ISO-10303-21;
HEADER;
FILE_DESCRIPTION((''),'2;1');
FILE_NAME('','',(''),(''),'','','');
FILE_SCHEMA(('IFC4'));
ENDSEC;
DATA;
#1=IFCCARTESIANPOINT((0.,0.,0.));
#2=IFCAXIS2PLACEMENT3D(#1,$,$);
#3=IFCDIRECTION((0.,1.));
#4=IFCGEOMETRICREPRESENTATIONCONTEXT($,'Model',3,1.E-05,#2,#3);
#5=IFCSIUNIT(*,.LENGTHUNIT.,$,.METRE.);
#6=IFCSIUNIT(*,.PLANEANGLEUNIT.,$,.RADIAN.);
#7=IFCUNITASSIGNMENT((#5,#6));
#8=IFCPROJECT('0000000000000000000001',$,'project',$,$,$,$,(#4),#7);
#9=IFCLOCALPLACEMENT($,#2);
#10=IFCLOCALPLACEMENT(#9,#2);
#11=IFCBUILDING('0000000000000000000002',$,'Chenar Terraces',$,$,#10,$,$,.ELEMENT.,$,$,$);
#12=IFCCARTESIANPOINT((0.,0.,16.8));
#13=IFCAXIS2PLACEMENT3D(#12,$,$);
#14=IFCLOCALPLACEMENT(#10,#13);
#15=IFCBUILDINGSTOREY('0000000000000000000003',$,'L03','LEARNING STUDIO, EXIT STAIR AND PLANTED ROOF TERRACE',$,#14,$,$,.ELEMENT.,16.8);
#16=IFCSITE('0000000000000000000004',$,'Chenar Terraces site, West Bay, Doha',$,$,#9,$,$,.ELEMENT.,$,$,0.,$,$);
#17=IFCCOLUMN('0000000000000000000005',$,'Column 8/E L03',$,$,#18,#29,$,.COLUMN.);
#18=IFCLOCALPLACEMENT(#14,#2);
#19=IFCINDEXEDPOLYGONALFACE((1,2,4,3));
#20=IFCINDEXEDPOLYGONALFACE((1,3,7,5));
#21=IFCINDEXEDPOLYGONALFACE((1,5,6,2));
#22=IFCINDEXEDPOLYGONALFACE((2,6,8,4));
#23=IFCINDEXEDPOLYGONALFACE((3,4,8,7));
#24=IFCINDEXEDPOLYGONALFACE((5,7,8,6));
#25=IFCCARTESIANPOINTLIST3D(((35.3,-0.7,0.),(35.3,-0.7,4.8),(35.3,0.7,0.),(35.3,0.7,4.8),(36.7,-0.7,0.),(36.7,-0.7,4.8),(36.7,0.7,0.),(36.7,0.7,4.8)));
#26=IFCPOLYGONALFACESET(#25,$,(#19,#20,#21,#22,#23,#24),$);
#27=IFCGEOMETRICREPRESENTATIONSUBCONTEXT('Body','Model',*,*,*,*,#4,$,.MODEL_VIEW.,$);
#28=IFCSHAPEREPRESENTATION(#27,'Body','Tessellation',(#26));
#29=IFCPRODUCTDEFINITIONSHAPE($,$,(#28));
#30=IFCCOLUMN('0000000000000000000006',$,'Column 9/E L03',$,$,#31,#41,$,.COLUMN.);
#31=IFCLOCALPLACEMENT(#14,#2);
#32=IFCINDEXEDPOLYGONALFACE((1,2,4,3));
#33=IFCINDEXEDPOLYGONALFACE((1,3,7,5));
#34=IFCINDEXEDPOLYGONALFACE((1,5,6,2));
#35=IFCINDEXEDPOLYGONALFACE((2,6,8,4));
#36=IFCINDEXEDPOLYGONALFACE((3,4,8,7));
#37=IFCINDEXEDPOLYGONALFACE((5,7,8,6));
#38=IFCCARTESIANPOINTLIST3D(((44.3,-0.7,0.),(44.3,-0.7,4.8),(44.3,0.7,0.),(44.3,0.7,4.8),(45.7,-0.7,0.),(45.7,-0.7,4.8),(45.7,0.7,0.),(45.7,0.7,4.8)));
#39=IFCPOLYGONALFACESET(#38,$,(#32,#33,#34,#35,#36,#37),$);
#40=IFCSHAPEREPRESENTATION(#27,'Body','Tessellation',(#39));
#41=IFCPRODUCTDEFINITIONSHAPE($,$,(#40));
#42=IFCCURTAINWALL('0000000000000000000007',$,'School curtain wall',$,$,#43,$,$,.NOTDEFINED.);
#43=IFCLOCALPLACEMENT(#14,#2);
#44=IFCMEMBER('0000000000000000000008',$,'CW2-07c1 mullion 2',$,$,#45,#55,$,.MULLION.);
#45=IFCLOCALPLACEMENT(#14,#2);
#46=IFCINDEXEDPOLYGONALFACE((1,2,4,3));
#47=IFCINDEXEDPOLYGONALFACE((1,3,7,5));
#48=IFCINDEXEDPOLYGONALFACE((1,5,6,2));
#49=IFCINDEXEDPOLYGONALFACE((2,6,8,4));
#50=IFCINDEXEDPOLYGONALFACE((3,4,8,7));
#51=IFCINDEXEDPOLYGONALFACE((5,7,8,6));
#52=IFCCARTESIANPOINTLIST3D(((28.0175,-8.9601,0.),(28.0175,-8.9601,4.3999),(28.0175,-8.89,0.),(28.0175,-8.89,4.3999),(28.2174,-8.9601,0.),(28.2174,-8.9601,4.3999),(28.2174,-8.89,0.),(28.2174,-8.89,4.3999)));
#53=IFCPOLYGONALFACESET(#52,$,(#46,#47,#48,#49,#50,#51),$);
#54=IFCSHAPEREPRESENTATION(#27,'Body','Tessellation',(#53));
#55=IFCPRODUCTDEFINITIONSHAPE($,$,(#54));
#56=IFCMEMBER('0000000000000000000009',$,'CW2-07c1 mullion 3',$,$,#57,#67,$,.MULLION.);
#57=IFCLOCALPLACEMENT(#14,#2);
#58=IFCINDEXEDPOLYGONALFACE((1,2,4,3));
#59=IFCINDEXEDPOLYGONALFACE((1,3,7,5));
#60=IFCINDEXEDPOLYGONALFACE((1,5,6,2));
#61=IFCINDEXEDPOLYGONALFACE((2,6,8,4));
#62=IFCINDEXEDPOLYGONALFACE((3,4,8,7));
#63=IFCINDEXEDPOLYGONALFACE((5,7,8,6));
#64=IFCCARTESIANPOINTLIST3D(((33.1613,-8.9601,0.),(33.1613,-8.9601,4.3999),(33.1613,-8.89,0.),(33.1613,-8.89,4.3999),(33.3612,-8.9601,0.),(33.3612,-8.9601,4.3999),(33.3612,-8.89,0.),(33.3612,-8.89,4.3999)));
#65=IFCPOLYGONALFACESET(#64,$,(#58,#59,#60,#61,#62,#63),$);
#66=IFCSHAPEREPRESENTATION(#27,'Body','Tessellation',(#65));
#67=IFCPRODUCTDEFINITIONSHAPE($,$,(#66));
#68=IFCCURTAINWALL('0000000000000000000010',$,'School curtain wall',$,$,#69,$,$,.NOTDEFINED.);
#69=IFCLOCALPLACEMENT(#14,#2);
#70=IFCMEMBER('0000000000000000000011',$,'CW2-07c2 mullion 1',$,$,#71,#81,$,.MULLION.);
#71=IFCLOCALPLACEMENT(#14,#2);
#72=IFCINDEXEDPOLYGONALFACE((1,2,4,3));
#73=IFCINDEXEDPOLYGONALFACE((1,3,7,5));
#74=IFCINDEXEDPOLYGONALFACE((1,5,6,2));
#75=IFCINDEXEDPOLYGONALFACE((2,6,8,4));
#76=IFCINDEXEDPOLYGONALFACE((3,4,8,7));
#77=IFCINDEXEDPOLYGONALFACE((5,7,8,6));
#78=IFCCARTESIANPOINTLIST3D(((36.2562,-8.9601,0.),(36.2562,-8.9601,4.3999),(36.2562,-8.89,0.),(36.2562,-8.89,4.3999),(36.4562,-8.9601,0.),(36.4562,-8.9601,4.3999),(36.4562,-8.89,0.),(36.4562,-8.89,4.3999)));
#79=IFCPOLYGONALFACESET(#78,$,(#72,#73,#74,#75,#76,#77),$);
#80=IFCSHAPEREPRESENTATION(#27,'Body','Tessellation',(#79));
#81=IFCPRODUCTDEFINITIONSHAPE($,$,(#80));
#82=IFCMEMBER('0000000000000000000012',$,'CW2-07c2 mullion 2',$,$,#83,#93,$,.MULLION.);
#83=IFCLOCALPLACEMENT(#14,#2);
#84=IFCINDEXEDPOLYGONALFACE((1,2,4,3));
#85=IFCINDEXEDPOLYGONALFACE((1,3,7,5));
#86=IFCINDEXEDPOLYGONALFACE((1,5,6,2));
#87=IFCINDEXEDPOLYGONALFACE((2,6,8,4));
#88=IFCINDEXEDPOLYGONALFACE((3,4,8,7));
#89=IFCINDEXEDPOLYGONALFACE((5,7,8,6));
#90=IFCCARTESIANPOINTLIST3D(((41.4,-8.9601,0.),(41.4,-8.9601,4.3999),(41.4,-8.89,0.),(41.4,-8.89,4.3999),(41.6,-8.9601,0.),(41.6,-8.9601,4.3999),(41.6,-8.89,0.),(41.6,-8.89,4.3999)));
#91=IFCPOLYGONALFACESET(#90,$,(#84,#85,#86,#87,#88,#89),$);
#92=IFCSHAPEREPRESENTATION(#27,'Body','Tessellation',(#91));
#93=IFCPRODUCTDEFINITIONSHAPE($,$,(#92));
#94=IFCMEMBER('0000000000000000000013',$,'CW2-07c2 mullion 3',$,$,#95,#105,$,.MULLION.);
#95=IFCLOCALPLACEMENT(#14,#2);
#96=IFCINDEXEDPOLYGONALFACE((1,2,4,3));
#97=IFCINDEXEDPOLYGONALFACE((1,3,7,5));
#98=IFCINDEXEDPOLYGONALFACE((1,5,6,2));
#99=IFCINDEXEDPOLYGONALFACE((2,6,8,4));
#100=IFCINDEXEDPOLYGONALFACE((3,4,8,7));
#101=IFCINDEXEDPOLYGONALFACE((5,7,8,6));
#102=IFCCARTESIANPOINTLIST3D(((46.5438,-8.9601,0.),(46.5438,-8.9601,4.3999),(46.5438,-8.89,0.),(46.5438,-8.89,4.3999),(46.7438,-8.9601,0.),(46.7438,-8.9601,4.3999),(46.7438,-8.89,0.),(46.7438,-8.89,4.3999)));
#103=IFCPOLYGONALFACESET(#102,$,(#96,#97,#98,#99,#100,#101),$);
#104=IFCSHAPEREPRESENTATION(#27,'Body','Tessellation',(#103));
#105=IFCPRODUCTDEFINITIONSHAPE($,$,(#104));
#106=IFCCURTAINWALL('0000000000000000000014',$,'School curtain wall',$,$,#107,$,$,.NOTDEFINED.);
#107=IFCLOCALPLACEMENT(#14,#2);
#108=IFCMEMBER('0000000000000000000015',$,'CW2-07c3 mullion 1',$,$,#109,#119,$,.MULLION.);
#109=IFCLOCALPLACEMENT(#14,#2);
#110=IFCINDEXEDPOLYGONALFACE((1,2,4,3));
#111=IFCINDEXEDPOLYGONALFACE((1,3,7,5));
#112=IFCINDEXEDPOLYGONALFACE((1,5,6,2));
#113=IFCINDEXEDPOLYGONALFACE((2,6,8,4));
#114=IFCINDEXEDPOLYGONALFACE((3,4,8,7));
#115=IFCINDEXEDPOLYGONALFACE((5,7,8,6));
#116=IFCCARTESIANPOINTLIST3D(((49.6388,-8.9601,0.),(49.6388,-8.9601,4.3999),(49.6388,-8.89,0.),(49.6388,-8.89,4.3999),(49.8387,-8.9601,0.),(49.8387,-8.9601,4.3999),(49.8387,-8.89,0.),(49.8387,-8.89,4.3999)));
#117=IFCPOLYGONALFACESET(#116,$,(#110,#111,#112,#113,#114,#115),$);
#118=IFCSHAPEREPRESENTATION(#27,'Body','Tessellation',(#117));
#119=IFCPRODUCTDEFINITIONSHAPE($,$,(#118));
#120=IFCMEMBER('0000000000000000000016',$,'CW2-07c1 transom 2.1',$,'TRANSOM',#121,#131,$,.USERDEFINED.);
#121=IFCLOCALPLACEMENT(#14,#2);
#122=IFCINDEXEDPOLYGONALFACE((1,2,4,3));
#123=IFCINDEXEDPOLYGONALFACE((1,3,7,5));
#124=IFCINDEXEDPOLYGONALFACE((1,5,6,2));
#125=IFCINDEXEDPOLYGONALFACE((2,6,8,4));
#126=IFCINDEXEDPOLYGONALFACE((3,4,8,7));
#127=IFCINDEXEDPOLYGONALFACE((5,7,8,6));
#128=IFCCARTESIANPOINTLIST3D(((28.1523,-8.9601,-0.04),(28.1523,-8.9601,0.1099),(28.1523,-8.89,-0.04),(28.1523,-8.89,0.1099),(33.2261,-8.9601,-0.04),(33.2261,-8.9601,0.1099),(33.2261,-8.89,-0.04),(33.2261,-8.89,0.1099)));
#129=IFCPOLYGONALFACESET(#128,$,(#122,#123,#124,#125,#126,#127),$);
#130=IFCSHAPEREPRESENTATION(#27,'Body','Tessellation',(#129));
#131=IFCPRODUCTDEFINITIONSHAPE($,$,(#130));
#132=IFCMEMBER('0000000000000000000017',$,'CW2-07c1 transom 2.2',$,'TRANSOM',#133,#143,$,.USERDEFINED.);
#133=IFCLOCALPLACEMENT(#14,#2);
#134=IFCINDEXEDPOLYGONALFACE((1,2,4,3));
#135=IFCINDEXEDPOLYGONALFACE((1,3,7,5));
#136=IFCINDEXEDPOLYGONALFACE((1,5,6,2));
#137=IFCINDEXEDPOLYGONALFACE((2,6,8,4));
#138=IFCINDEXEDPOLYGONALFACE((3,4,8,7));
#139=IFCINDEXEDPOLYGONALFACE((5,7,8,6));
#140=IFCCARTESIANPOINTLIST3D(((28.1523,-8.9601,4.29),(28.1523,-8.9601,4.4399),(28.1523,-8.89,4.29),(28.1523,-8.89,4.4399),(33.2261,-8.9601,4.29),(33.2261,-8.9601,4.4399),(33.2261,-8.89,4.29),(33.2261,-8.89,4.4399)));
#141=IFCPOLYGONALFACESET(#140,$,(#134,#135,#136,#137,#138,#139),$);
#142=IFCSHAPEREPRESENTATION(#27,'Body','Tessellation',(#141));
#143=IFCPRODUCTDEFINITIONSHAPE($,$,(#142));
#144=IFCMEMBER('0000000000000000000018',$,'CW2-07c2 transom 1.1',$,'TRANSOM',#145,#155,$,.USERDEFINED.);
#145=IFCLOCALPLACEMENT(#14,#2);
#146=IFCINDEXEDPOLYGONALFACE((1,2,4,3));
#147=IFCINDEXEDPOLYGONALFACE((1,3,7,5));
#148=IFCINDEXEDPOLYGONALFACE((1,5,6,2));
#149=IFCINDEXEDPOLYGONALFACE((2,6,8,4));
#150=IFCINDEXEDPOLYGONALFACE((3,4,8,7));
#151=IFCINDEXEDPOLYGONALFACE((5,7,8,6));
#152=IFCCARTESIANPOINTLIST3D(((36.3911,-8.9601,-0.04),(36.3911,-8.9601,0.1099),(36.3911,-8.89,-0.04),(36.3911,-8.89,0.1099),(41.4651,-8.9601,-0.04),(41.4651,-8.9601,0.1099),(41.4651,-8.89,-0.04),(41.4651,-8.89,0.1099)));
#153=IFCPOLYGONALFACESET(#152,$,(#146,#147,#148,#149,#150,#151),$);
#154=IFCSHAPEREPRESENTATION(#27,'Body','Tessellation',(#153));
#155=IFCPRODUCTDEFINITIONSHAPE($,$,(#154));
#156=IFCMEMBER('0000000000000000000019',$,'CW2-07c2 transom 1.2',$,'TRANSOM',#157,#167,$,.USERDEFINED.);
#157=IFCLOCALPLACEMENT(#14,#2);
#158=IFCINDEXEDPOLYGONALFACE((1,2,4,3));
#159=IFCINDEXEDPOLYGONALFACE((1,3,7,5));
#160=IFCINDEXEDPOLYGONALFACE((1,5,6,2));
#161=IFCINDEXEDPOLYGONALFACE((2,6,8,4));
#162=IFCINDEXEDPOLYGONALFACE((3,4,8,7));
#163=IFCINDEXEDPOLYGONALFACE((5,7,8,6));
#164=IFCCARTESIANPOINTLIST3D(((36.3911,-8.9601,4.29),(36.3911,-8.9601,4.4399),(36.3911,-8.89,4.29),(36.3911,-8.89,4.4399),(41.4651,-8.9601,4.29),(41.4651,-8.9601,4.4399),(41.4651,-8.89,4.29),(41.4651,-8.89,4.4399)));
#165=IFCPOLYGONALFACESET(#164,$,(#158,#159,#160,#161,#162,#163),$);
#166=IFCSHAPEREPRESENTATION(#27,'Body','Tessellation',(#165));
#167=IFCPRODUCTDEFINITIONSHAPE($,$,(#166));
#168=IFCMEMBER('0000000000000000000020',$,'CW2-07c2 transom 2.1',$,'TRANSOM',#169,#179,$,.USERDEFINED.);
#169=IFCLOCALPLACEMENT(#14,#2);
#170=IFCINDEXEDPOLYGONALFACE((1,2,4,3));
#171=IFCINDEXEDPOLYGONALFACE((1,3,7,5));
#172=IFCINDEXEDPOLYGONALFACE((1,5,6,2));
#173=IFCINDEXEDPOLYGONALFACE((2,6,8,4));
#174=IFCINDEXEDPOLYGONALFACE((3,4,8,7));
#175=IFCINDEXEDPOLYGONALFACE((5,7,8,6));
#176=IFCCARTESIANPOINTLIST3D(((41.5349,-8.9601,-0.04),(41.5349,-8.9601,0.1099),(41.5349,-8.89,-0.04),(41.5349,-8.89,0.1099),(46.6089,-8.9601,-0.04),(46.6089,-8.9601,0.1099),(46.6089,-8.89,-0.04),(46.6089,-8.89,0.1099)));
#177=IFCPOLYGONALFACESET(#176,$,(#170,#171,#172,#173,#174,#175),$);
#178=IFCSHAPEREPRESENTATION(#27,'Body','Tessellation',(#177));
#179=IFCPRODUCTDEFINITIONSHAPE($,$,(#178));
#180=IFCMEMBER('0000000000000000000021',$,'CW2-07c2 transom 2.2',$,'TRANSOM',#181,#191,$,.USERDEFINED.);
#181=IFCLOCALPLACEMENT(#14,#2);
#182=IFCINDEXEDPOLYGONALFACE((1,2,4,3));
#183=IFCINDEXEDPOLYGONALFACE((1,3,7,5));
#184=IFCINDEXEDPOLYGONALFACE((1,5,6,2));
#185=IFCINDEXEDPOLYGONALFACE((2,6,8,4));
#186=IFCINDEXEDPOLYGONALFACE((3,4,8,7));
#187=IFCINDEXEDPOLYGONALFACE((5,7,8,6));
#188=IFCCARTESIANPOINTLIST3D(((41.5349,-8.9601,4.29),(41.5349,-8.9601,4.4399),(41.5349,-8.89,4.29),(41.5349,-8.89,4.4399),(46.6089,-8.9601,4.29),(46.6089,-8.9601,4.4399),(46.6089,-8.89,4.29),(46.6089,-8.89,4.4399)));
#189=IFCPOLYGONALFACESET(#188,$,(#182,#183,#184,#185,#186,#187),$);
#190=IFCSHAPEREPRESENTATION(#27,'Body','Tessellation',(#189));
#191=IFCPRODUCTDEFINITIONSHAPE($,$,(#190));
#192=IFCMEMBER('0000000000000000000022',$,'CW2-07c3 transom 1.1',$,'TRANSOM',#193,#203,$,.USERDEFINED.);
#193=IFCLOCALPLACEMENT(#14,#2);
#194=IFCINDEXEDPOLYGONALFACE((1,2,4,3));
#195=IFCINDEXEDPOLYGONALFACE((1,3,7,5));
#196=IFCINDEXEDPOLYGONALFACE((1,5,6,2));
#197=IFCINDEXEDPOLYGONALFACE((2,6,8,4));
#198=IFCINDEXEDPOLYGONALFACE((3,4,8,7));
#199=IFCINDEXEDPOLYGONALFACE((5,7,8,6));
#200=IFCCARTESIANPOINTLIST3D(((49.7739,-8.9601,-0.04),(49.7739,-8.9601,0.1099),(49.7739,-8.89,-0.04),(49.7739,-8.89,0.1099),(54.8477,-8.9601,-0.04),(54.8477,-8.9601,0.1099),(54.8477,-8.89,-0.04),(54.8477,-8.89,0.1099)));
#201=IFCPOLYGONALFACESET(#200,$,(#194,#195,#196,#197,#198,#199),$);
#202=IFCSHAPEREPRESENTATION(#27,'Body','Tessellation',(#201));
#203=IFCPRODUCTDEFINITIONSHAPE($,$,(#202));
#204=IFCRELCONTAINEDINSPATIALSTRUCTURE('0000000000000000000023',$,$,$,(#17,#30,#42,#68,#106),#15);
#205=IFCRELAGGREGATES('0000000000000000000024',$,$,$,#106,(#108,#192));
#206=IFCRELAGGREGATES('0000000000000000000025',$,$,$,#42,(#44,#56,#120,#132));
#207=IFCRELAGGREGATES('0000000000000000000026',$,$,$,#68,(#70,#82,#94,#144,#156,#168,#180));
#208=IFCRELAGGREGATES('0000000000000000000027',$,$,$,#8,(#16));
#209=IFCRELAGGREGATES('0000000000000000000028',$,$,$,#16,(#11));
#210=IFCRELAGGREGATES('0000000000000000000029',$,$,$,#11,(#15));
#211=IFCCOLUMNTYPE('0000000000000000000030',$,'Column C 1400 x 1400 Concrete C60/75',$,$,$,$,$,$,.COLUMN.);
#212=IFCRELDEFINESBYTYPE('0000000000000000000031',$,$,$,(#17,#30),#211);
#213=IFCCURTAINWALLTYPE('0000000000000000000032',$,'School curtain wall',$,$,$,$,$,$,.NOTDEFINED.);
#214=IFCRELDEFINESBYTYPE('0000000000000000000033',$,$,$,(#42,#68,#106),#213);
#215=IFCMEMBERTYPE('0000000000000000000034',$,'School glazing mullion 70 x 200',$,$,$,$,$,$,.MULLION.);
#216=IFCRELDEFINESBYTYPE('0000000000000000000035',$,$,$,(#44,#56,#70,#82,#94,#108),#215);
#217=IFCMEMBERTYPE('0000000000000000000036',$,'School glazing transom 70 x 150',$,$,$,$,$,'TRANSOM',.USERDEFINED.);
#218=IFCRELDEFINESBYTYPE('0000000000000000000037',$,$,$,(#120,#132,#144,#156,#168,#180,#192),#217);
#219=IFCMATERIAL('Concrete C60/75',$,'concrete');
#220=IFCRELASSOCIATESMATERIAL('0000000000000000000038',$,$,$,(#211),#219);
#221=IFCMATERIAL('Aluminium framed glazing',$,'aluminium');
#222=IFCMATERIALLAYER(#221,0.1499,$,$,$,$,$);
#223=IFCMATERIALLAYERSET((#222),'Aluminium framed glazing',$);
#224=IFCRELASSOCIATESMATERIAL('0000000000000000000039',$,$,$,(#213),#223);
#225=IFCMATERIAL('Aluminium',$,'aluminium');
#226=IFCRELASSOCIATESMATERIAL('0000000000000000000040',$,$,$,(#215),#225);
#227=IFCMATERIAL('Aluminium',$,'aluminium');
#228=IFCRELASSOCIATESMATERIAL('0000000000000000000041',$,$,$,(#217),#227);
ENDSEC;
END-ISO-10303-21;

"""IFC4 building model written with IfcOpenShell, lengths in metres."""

from ifc_helpers import new_model, si_unit, direction, frame, origin, origin_2d, place, context, subcontext, project, spatial, rectangle, extrude, material, layer, layer_set, material_profile, profile_set, type_object, element, aggregate, save


model = new_model("IFC4")

# Units and contexts
model_context = context("Model", 3, precision=1e-05, world=origin(), true_north=direction((0.0, 1.0)))
body_context = subcontext(model_context, "Body", "Model", "MODEL_VIEW")
ifc_project = project(units=[si_unit("LENGTHUNIT", "METRE"), si_unit("PLANEANGLEUNIT", "RADIAN")], contexts=[model_context])

# Site, building, storey
site_placement = place(None, origin())
site = spatial("IfcSite", under=ifc_project, at=site_placement, Name="Chenar Terraces site, West Bay, Doha", CompositionType="ELEMENT", RefElevation=0.0)
building_placement = place(site_placement, origin())
building = spatial("IfcBuilding", under=site, at=building_placement, Name="Chenar Terraces", CompositionType="ELEMENT")
storey_placement = place(building_placement, frame((0.0, 0.0, 16.8)))
storey = spatial("IfcBuildingStorey", under=building, at=storey_placement, Name="L03", Description="LEARNING STUDIO, EXIT STAIR AND PLANTED ROOF TERRACE", CompositionType="ELEMENT", Elevation=16.8)

# Columns
ifc_material_1 = material(Name="Concrete C60/75", Category="concrete")
ifc_material_profile_1 = material_profile(ifc_material_1, rectangle(XDim=1.3999, YDim=1.3999, at=origin_2d()), Name="C 1400 x 1400")
ifc_profile_set_1 = profile_set([ifc_material_profile_1], Name="Concrete C60/75")
column_type = type_object("IfcColumnType", Name="Column C 1400 x 1400 Concrete C60/75", PredefinedType="COLUMN", material=ifc_profile_set_1)
for number, where, z_axis, x_axis, name in (
    (1, (36.0, 0.0, 0.0), (0.0, 0.0, 1.0), (1.0, 0.0, 0.0), "Column 8/E L03"),
    (2, (45.0, 0.0, 0.0), (0.0, 0.0, 1.0), (1.0, 0.0, 0.0), "Column 9/E L03"),
):
    element("IfcColumn", number, at=place(storey_placement, frame(where, z_axis=z_axis, x_axis=x_axis)), inside=storey, type_object=column_type, Name=name, PredefinedType="COLUMN", context=body_context, shape_type="SweptSolid", body=[
        extrude(rectangle(XDim=1.3999, YDim=1.3999, at=origin_2d()), origin(), (0.0, 0.0, 1.0), 4.8),
    ])

# Curtain walls, members
ifc_material_2 = material(Name="Aluminium framed glazing", Category="aluminium")
ifc_layer_1 = layer(ifc_material_2, 0.1499)
ifc_layer_set_1 = layer_set([ifc_layer_1], Name="Aluminium framed glazing")
curtain_wall_type = type_object("IfcCurtainWallType", Name="School curtain wall", PredefinedType="NOTDEFINED", material=ifc_layer_set_1)
placement = place(storey_placement, origin())
curtain_wall_1 = element("IfcCurtainWall", 3, at=placement, inside=storey, type_object=curtain_wall_type, Name="School curtain wall", PredefinedType="NOTDEFINED")
ifc_material_3 = material(Name="Aluminium", Category="aluminium")
ifc_material_profile_2 = material_profile(ifc_material_3, rectangle(XDim=0.0701, YDim=0.2, at=origin_2d()), Name="School glazing mullion 70 x 200")
ifc_profile_set_2 = profile_set([ifc_material_profile_2], Name="Aluminium")
member_type_1 = type_object("IfcMemberType", Name="School glazing mullion 70 x 200", PredefinedType="MULLION", material=ifc_profile_set_2)
member_1_placement = place(storey_placement, frame((28.1174, -8.925, 0.0), z_axis=(0.0, 0.0, 1.0), x_axis=(0.0, 1.0, 0.0)))
member_1 = element("IfcMember", 4, at=member_1_placement, type_object=member_type_1, Name="CW2-07c1 mullion 2", PredefinedType="MULLION", context=body_context, shape_type="SweptSolid", body=[
    extrude(rectangle(XDim=0.0701, YDim=0.2, at=origin_2d()), origin(), (0.0, 0.0, 1.0), 4.3999),
])
member_2_placement = place(storey_placement, frame((33.2612, -8.925, 0.0), z_axis=(0.0, 0.0, 1.0), x_axis=(0.0, 1.0, 0.0)))
member_2 = element("IfcMember", 5, at=member_2_placement, type_object=member_type_1, Name="CW2-07c1 mullion 3", PredefinedType="MULLION", context=body_context, shape_type="SweptSolid", body=[
    extrude(rectangle(XDim=0.0701, YDim=0.2, at=origin_2d()), origin(), (0.0, 0.0, 1.0), 4.3999),
])
curtain_wall_2 = element("IfcCurtainWall", 6, at=placement, inside=storey, type_object=curtain_wall_type, Name="School curtain wall", PredefinedType="NOTDEFINED")
member_3_placement = place(storey_placement, frame((36.3562, -8.925, 0.0), z_axis=(0.0, 0.0, 1.0), x_axis=(0.0, 1.0, 0.0)))
member_3 = element("IfcMember", 7, at=member_3_placement, type_object=member_type_1, Name="CW2-07c2 mullion 1", PredefinedType="MULLION", context=body_context, shape_type="SweptSolid", body=[
    extrude(rectangle(XDim=0.0701, YDim=0.2, at=origin_2d()), origin(), (0.0, 0.0, 1.0), 4.3999),
])
member_4_placement = place(storey_placement, frame((41.5, -8.925, 0.0), z_axis=(0.0, 0.0, 1.0), x_axis=(0.0, 1.0, 0.0)))
member_4 = element("IfcMember", 8, at=member_4_placement, type_object=member_type_1, Name="CW2-07c2 mullion 2", PredefinedType="MULLION", context=body_context, shape_type="SweptSolid", body=[
    extrude(rectangle(XDim=0.0701, YDim=0.2, at=origin_2d()), origin(), (0.0, 0.0, 1.0), 4.3999),
])
member_5_placement = place(storey_placement, frame((46.6438, -8.925, 0.0), z_axis=(0.0, 0.0, 1.0), x_axis=(0.0, 1.0, 0.0)))
member_5 = element("IfcMember", 9, at=member_5_placement, type_object=member_type_1, Name="CW2-07c2 mullion 3", PredefinedType="MULLION", context=body_context, shape_type="SweptSolid", body=[
    extrude(rectangle(XDim=0.0701, YDim=0.2, at=origin_2d()), origin(), (0.0, 0.0, 1.0), 4.3999),
])

# Curtain wall, member
curtain_wall_3 = element("IfcCurtainWall", 10, at=placement, inside=storey, type_object=curtain_wall_type, Name="School curtain wall", PredefinedType="NOTDEFINED")
member_6_placement = place(storey_placement, frame((49.7388, -8.925, 0.0), z_axis=(0.0, 0.0, 1.0), x_axis=(0.0, 1.0, 0.0)))
member_6 = element("IfcMember", 11, at=member_6_placement, type_object=member_type_1, Name="CW2-07c3 mullion 1", PredefinedType="MULLION", context=body_context, shape_type="SweptSolid", body=[
    extrude(rectangle(XDim=0.0701, YDim=0.2, at=origin_2d()), origin(), (0.0, 0.0, 1.0), 4.3999),
])

# Members
ifc_material_4 = material(Name="Aluminium", Category="aluminium")
ifc_material_profile_3 = material_profile(ifc_material_4, rectangle(XDim=0.0701, YDim=0.1499, at=origin_2d()), Name="School glazing transom 70 x 150")
ifc_profile_set_3 = profile_set([ifc_material_profile_3], Name="Aluminium")
member_type_2 = type_object("IfcMemberType", Name="School glazing transom 70 x 150", ElementType="TRANSOM", PredefinedType="USERDEFINED", material=ifc_profile_set_3)
member_7_placement = place(storey_placement, frame((28.1523, -8.925, 0.0349), z_axis=(1.0, 0.0, 0.0), x_axis=(0.0, 1.0, 0.0)))
member_7 = element("IfcMember", 12, at=member_7_placement, type_object=member_type_2, Name="CW2-07c1 transom 2.1", ObjectType="TRANSOM", PredefinedType="USERDEFINED", context=body_context, shape_type="SweptSolid", body=[
    extrude(rectangle(XDim=0.0701, YDim=0.1499, at=origin_2d()), origin(), (0.0, 0.0, 1.0), 5.0737),
])
member_8_placement = place(storey_placement, frame((28.1523, -8.925, 4.365), z_axis=(1.0, 0.0, 0.0), x_axis=(0.0, 1.0, 0.0)))
member_8 = element("IfcMember", 13, at=member_8_placement, type_object=member_type_2, Name="CW2-07c1 transom 2.2", ObjectType="TRANSOM", PredefinedType="USERDEFINED", context=body_context, shape_type="SweptSolid", body=[
    extrude(rectangle(XDim=0.0701, YDim=0.1499, at=origin_2d()), origin(), (0.0, 0.0, 1.0), 5.0737),
])
member_9_placement = place(storey_placement, frame((36.3911, -8.925, 0.0349), z_axis=(1.0, 0.0, 0.0), x_axis=(0.0, 1.0, 0.0)))
member_9 = element("IfcMember", 14, at=member_9_placement, type_object=member_type_2, Name="CW2-07c2 transom 1.1", ObjectType="TRANSOM", PredefinedType="USERDEFINED", context=body_context, shape_type="SweptSolid", body=[
    extrude(rectangle(XDim=0.0701, YDim=0.1499, at=origin_2d()), origin(), (0.0, 0.0, 1.0), 5.074),
])
member_10_placement = place(storey_placement, frame((36.3911, -8.925, 4.365), z_axis=(1.0, 0.0, 0.0), x_axis=(0.0, 1.0, 0.0)))
member_10 = element("IfcMember", 15, at=member_10_placement, type_object=member_type_2, Name="CW2-07c2 transom 1.2", ObjectType="TRANSOM", PredefinedType="USERDEFINED", context=body_context, shape_type="SweptSolid", body=[
    extrude(rectangle(XDim=0.0701, YDim=0.1499, at=origin_2d()), origin(), (0.0, 0.0, 1.0), 5.074),
])
member_11_placement = place(storey_placement, frame((41.5349, -8.925, 0.0349), z_axis=(1.0, 0.0, 0.0), x_axis=(0.0, 1.0, 0.0)))
member_11 = element("IfcMember", 16, at=member_11_placement, type_object=member_type_2, Name="CW2-07c2 transom 2.1", ObjectType="TRANSOM", PredefinedType="USERDEFINED", context=body_context, shape_type="SweptSolid", body=[
    extrude(rectangle(XDim=0.0701, YDim=0.1499, at=origin_2d()), origin(), (0.0, 0.0, 1.0), 5.074),
])
member_12_placement = place(storey_placement, frame((41.5349, -8.925, 4.365), z_axis=(1.0, 0.0, 0.0), x_axis=(0.0, 1.0, 0.0)))
member_12 = element("IfcMember", 17, at=member_12_placement, type_object=member_type_2, Name="CW2-07c2 transom 2.2", ObjectType="TRANSOM", PredefinedType="USERDEFINED", context=body_context, shape_type="SweptSolid", body=[
    extrude(rectangle(XDim=0.0701, YDim=0.1499, at=origin_2d()), origin(), (0.0, 0.0, 1.0), 5.074),
])
member_13_placement = place(storey_placement, frame((49.7739, -8.925, 0.0349), z_axis=(1.0, 0.0, 0.0), x_axis=(0.0, 1.0, 0.0)))
member_13 = element("IfcMember", 18, at=member_13_placement, type_object=member_type_2, Name="CW2-07c3 transom 1.1", ObjectType="TRANSOM", PredefinedType="USERDEFINED", context=body_context, shape_type="SweptSolid", body=[
    extrude(rectangle(XDim=0.0701, YDim=0.1499, at=origin_2d()), origin(), (0.0, 0.0, 1.0), 5.0737),
])
aggregate(curtain_wall_3, [member_6, member_13])

aggregate(curtain_wall_1, [member_1, member_2, member_7, member_8])
aggregate(curtain_wall_2, [member_3, member_4, member_5, member_9, member_10, member_11, member_12])

save(model, "model.ifc")
